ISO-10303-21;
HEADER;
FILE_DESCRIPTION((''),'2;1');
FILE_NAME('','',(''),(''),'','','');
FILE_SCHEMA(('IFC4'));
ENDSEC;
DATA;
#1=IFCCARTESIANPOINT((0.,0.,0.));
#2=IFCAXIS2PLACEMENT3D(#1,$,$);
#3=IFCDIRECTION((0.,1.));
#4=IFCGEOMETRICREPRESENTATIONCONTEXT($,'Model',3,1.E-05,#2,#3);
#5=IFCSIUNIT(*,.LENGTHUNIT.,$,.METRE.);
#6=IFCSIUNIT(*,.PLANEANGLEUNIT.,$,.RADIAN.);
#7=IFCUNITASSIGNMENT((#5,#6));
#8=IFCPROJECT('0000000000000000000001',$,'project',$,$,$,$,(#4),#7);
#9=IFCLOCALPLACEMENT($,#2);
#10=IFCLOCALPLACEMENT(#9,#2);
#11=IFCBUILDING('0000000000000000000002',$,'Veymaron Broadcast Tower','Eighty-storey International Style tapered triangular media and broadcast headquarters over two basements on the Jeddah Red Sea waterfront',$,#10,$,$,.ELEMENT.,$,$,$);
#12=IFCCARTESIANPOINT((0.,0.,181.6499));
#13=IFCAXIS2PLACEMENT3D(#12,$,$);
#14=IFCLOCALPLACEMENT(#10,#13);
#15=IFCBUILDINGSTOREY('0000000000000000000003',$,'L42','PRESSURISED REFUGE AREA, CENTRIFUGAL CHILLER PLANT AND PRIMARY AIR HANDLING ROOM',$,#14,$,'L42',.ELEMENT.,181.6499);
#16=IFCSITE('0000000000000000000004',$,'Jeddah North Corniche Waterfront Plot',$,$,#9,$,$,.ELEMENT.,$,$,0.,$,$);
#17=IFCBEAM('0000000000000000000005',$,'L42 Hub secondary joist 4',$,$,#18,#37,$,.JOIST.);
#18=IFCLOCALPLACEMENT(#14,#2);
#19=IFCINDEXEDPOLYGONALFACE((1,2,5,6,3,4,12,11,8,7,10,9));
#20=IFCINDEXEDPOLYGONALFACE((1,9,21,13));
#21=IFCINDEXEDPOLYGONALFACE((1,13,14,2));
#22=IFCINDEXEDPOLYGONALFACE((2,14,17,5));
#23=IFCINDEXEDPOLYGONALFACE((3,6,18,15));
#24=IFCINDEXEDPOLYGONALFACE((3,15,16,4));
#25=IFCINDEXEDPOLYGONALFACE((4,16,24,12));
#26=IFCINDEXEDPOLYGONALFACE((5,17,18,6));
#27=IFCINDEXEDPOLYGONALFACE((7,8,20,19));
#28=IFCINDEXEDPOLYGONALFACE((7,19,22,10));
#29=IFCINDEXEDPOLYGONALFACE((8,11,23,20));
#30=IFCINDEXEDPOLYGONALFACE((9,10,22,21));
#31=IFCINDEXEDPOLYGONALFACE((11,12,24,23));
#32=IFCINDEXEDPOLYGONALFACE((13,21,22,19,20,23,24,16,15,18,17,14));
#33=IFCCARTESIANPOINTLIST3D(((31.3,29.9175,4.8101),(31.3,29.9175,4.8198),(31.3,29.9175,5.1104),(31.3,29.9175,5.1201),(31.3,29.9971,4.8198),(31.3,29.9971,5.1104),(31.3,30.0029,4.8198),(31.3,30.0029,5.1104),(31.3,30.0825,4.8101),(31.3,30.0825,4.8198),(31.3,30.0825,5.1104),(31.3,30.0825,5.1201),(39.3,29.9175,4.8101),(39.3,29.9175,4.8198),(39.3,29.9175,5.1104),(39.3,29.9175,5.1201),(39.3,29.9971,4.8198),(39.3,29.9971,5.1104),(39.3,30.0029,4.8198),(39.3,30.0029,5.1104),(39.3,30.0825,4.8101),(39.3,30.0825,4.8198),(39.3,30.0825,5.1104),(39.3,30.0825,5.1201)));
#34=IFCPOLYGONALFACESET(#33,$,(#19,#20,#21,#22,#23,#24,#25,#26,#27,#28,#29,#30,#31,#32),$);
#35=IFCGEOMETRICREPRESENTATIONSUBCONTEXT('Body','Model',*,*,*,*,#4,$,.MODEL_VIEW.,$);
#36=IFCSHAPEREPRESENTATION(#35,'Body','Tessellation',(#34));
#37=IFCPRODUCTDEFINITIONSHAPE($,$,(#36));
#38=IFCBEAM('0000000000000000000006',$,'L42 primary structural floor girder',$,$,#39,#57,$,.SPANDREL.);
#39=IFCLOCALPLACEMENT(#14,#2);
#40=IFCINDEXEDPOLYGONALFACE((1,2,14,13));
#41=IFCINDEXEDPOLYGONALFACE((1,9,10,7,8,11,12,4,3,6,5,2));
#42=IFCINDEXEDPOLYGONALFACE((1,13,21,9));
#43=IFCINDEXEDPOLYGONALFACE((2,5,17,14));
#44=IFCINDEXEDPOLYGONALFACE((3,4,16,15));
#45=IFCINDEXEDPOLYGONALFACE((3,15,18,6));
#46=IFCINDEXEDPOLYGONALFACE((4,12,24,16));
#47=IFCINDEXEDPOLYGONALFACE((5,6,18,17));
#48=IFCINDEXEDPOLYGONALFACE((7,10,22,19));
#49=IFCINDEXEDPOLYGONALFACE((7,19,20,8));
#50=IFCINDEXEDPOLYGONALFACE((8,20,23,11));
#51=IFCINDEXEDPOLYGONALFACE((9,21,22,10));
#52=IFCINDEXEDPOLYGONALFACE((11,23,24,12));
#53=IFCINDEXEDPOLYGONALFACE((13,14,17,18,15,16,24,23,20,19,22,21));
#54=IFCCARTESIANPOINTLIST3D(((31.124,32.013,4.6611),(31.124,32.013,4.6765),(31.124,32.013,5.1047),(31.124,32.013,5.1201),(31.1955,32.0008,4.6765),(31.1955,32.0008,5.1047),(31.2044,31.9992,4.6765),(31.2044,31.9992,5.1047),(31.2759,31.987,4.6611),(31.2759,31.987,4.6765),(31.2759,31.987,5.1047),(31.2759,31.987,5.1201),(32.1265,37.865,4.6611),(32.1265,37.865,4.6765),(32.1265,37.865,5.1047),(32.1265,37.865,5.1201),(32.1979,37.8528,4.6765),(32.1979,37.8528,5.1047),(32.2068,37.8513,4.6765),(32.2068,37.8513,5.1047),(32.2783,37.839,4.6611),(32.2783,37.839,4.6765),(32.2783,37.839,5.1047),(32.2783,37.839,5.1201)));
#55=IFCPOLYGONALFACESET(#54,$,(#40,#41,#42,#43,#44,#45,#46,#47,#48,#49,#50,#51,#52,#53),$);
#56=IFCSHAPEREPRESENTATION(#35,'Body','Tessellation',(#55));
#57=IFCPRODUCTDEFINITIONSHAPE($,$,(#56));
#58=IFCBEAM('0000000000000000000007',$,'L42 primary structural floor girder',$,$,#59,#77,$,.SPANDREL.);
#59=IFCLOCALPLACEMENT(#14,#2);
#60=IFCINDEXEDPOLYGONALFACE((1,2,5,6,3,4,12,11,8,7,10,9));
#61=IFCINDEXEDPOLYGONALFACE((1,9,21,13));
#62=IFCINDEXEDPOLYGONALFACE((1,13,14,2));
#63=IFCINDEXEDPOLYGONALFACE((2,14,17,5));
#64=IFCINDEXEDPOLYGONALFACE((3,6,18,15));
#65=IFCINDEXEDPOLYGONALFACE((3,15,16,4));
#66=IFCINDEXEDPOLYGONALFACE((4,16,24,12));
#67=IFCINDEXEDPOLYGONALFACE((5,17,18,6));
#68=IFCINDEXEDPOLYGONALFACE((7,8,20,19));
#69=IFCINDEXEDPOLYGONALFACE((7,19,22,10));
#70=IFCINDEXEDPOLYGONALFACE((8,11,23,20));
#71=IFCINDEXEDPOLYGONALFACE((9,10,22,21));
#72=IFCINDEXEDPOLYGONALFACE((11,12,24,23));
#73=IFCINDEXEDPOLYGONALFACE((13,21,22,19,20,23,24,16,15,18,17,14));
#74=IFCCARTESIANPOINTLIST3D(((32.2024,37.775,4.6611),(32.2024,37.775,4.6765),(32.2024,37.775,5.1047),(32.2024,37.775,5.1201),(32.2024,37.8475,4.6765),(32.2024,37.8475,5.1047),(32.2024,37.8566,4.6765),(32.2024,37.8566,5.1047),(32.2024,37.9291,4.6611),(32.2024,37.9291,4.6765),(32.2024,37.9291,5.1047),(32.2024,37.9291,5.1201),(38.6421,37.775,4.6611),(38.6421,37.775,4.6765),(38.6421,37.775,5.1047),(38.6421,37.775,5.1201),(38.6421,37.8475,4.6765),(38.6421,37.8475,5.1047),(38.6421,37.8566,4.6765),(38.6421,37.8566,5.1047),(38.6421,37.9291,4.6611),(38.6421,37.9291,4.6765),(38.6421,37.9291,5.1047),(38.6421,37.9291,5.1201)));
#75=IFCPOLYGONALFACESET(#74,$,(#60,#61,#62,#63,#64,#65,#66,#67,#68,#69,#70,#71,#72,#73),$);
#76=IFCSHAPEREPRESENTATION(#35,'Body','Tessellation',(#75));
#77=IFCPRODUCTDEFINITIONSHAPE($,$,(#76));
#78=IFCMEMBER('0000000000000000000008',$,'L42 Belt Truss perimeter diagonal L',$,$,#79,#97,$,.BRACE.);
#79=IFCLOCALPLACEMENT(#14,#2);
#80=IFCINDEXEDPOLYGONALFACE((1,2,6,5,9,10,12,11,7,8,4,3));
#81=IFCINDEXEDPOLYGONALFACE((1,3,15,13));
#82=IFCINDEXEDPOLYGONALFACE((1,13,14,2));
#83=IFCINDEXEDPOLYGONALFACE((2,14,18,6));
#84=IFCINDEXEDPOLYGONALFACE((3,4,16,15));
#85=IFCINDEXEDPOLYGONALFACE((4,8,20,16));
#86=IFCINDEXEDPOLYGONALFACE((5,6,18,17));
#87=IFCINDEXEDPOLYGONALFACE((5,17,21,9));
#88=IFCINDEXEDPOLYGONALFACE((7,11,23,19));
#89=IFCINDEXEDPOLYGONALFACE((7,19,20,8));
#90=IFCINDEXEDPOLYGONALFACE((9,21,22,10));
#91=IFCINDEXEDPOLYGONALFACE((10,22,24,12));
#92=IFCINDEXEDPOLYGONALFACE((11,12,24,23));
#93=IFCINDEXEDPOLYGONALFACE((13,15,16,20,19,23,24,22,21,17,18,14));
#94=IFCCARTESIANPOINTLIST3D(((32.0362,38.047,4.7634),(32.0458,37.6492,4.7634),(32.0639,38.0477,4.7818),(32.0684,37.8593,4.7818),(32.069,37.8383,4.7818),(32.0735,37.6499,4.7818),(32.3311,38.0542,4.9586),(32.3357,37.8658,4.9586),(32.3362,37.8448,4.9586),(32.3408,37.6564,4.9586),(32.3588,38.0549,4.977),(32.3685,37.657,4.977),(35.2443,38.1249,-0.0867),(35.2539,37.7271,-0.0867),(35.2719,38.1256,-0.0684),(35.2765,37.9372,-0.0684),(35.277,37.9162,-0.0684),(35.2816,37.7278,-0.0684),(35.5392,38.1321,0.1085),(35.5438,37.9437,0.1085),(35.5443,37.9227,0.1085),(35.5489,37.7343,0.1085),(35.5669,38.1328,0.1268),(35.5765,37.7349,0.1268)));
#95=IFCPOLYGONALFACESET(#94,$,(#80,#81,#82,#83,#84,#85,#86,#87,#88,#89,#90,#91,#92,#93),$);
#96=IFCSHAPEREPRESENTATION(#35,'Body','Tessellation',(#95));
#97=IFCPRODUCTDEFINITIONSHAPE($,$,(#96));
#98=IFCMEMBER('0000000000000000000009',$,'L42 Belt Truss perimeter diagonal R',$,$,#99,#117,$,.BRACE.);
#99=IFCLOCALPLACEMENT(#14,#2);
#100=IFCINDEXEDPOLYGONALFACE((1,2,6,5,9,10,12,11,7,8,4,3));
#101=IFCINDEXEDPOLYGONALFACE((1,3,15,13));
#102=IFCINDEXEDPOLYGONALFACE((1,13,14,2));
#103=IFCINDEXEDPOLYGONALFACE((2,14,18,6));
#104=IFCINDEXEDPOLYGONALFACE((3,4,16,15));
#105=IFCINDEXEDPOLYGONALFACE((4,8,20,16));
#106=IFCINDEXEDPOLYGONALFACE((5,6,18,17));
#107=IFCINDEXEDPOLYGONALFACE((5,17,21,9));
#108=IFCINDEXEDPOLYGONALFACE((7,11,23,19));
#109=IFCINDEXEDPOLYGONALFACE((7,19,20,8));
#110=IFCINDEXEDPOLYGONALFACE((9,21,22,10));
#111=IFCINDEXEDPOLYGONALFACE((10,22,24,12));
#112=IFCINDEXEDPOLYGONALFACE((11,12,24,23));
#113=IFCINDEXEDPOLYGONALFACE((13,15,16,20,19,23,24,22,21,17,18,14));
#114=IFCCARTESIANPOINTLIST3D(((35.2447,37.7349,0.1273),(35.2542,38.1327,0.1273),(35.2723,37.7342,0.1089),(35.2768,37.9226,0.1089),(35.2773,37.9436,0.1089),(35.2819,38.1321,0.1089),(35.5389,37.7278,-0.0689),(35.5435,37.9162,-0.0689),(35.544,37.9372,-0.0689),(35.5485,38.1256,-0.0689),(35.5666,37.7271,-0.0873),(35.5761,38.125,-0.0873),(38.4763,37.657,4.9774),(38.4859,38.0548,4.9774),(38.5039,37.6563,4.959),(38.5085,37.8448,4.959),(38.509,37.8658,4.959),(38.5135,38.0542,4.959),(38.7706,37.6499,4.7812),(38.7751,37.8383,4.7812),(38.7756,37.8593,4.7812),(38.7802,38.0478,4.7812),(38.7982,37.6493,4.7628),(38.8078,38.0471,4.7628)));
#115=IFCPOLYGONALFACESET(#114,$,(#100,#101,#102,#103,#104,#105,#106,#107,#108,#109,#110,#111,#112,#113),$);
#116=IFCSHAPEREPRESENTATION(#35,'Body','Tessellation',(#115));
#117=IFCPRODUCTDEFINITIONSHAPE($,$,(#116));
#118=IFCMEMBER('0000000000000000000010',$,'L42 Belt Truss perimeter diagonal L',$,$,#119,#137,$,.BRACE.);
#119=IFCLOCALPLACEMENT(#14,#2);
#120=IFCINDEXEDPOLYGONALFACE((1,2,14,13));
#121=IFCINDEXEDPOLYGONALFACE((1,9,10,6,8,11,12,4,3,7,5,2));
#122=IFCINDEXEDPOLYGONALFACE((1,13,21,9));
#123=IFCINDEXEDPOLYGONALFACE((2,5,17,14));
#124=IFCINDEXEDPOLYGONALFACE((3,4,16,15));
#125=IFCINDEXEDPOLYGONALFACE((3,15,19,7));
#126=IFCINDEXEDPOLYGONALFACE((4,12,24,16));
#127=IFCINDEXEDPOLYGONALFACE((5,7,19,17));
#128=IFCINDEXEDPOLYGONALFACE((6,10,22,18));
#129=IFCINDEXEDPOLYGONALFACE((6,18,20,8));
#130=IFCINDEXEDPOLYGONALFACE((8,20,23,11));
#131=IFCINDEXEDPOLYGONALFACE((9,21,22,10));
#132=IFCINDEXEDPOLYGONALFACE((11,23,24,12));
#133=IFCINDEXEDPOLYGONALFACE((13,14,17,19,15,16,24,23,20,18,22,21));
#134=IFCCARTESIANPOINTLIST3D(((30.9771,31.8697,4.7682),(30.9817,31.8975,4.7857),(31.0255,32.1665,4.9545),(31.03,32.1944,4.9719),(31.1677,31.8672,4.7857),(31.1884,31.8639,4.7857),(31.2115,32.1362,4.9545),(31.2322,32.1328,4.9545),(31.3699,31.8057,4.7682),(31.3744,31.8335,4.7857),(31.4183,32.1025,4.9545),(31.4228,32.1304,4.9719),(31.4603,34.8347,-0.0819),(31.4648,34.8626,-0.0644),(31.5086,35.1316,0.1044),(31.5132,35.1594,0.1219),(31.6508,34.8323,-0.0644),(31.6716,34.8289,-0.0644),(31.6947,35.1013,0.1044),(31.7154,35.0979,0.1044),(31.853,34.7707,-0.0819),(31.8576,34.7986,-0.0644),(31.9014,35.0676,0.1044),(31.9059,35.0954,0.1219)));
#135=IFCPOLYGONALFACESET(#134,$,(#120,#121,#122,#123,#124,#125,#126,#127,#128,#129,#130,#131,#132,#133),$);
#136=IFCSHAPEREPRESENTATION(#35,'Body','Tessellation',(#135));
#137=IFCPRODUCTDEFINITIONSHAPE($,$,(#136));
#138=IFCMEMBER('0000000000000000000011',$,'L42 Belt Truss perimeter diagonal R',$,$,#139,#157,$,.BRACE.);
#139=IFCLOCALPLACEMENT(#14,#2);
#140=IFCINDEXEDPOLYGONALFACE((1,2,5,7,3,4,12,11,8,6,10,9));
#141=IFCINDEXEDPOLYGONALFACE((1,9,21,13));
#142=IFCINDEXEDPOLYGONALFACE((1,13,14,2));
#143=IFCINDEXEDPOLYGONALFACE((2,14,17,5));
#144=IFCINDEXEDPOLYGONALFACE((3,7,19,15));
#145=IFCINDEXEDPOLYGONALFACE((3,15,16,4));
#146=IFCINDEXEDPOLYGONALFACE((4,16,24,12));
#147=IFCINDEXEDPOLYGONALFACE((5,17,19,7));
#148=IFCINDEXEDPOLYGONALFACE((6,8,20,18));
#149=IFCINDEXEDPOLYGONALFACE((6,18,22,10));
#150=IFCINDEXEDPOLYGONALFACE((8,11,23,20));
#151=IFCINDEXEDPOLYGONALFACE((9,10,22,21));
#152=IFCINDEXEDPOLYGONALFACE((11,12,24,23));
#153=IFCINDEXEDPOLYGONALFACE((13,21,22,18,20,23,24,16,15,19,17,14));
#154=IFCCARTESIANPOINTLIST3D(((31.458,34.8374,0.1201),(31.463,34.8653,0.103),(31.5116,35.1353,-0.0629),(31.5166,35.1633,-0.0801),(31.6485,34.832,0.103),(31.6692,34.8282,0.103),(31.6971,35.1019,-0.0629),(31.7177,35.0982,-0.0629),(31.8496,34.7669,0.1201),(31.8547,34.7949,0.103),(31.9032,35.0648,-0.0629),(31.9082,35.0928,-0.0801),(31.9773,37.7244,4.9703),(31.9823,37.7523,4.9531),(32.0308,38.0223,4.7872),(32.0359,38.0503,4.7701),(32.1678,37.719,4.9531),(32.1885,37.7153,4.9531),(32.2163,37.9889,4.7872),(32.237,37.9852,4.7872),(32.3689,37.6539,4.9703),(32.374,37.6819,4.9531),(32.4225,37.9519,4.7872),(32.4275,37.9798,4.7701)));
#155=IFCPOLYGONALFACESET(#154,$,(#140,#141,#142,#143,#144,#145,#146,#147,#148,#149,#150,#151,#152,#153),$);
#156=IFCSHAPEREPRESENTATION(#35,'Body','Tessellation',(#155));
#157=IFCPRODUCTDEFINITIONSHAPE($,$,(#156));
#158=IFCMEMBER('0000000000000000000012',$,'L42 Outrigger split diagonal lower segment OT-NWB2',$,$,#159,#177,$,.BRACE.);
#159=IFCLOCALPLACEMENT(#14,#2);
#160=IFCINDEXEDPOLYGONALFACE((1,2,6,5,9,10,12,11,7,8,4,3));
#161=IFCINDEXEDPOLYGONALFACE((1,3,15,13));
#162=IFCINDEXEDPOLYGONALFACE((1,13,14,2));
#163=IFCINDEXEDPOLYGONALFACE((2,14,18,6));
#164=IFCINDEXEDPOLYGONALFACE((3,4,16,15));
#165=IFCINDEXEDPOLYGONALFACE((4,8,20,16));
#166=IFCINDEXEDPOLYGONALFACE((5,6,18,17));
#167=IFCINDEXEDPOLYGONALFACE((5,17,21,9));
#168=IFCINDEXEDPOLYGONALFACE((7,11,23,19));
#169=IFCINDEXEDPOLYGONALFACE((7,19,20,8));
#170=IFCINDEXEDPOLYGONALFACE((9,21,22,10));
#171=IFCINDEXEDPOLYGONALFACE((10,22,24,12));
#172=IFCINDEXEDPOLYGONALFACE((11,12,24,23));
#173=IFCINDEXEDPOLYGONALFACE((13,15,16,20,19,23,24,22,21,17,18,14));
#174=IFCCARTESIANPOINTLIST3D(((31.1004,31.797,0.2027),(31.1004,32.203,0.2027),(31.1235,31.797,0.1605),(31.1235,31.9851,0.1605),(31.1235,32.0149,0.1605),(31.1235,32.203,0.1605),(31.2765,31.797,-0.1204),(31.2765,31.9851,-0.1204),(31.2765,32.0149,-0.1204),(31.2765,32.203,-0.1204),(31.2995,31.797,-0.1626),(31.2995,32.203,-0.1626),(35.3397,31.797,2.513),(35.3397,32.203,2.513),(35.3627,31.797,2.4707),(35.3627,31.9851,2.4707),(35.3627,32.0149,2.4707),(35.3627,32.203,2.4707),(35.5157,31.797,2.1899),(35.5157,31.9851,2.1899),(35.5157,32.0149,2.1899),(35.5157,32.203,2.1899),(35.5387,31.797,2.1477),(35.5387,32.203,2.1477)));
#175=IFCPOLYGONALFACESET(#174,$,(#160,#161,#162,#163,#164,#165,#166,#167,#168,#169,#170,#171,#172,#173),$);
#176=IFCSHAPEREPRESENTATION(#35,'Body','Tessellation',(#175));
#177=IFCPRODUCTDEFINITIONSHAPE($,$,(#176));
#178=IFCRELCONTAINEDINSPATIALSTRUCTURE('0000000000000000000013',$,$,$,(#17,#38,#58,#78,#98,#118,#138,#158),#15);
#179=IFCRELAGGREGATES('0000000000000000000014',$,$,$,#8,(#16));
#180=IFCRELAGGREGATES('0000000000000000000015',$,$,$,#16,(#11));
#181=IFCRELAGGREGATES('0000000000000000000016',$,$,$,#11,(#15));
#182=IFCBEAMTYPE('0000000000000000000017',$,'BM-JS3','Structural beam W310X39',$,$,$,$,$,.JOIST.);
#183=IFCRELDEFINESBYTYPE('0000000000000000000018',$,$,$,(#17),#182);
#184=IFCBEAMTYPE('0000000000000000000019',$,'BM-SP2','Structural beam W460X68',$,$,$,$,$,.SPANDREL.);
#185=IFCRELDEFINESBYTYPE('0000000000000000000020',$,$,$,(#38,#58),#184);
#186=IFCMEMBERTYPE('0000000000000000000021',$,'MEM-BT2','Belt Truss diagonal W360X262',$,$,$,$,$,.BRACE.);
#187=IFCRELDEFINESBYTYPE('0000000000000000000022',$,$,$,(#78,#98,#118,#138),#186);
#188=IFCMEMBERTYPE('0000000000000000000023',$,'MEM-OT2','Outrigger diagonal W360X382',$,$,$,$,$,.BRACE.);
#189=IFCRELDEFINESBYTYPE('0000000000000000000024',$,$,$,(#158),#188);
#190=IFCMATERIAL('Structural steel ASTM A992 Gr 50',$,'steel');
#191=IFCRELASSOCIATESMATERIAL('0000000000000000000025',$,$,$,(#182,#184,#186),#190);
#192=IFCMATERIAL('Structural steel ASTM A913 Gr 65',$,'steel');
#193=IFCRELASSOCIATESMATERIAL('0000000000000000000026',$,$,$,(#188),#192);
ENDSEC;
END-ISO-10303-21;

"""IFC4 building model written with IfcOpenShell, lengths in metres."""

from ifc_helpers import new_model, si_unit, direction, frame, origin, origin_2d, place, context, subcontext, project, spatial, i_section, extrude, material, material_profile, profile_set, type_object, element, save


model = new_model("IFC4")

# Units and contexts
model_context = context("Model", 3, precision=1e-05, world=origin(), true_north=direction((0.0, 1.0)))
body_context = subcontext(model_context, "Body", "Model", "MODEL_VIEW")
ifc_project = project(units=[si_unit("LENGTHUNIT", "METRE"), si_unit("PLANEANGLEUNIT", "RADIAN")], contexts=[model_context])

# Site, building, storey
site_placement = place(None, origin())
site = spatial("IfcSite", under=ifc_project, at=site_placement, Name="Jeddah North Corniche Waterfront Plot", CompositionType="ELEMENT", RefElevation=0.0)
building_placement = place(site_placement, origin())
building = spatial("IfcBuilding", under=site, at=building_placement, Name="Veymaron Broadcast Tower", Description="Eighty-storey International Style tapered triangular media and broadcast headquarters over two basements on the Jeddah Red Sea waterfront", CompositionType="ELEMENT")
storey_placement = place(building_placement, frame((0.0, 0.0, 181.6499)))
storey = spatial("IfcBuildingStorey", under=building, at=storey_placement, Name="L42", Description="PRESSURISED REFUGE AREA, CENTRIFUGAL CHILLER PLANT AND PRIMARY AIR HANDLING ROOM", LongName="L42", CompositionType="ELEMENT", Elevation=181.6499)

# Shared definitions
ifc_material_1 = material(Name="Structural steel ASTM A992 Gr 50", Category="steel")
ifc_material_2 = material(Name="Structural steel ASTM A913 Gr 65", Category="steel")

# Beams
ifc_material_profile_1 = material_profile(ifc_material_1, i_section(OverallWidth=0.165, OverallDepth=0.3101, WebThickness=0.0059, FlangeThickness=0.0098, at=origin_2d()), Name="W310X39")
ifc_profile_set_1 = profile_set([ifc_material_profile_1], Name="Structural steel ASTM A992 Gr 50")
beam_type_1 = type_object("IfcBeamType", Name="BM-JS3", Description="Structural beam W310X39", PredefinedType="JOIST", material=ifc_profile_set_1)
for number, where, z_axis, x_axis, name in (
    (1, (31.3, 30.0, 4.9651), (1.0, 0.0, 0.0), (0.0, 1.0, 0.0), "L42 Hub secondary joist 4"),
):
    element("IfcBeam", number, at=place(storey_placement, frame(where, z_axis=z_axis, x_axis=x_axis)), inside=storey, type_object=beam_type_1, Name=name, PredefinedType="JOIST", context=body_context, shape_type="SweptSolid", body=[
        extrude(i_section(OverallWidth=0.165, OverallDepth=0.3101, WebThickness=0.0059, FlangeThickness=0.0098, at=origin_2d()), origin(), (0.0, 0.0, 1.0), 8.0),
    ])
ifc_material_profile_2 = material_profile(ifc_material_1, i_section(OverallWidth=0.1541, OverallDepth=0.459, WebThickness=0.009, FlangeThickness=0.0154, at=origin_2d()), Name="W460X68")
ifc_profile_set_2 = profile_set([ifc_material_profile_2], Name="Structural steel ASTM A992 Gr 50")
beam_type_2 = type_object("IfcBeamType", Name="BM-SP2", Description="Structural beam W460X68", PredefinedType="SPANDREL", material=ifc_profile_set_2)
beam_1_placement = place(storey_placement, frame((31.2, 32.0, 4.8906), z_axis=(0.168838, 0.985644, 0.0), x_axis=(-0.985644, 0.168838, 0.0)))
element("IfcBeam", 2, at=beam_1_placement, inside=storey, type_object=beam_type_2, Name="L42 primary structural floor girder", PredefinedType="SPANDREL", context=body_context, shape_type="SweptSolid", body=[
    extrude(i_section(OverallWidth=0.1541, OverallDepth=0.459, WebThickness=0.009, FlangeThickness=0.0154, at=origin_2d()), origin(), (0.0, 0.0, 1.0), 5.9373),
])
beam_2_placement = place(storey_placement, frame((32.2024, 37.8521, 4.8906), z_axis=(1.0, 0.0, 0.0), x_axis=(0.0, 1.0, 0.0)))
element("IfcBeam", 3, at=beam_2_placement, inside=storey, type_object=beam_type_2, Name="L42 primary structural floor girder", PredefinedType="SPANDREL", context=body_context, shape_type="SweptSolid", body=[
    extrude(i_section(OverallWidth=0.1541, OverallDepth=0.459, WebThickness=0.009, FlangeThickness=0.0154, at=origin_2d()), origin(), (0.0, 0.0, 1.0), 6.4397),
])

# Members
ifc_material_profile_3 = material_profile(ifc_material_1, i_section(OverallWidth=0.3979, OverallDepth=0.387, WebThickness=0.021, FlangeThickness=0.0332, at=origin_2d()), Name="W360X262")
ifc_profile_set_3 = profile_set([ifc_material_profile_3], Name="Structural steel ASTM A992 Gr 50")
member_type_1 = type_object("IfcMemberType", Name="MEM-BT2", Description="Belt Truss diagonal W360X262", PredefinedType="BRACE", material=ifc_profile_set_3)
member_1_placement = place(storey_placement, frame((35.4104, 37.9299, 0.02), z_axis=(-0.551624, -0.013392, 0.833985), x_axis=(0.02427, -0.999705, 0.0)))
element("IfcMember", 4, at=member_1_placement, inside=storey, type_object=member_type_1, Name="L42 Belt Truss perimeter diagonal L", PredefinedType="BRACE", context=body_context, shape_type="SweptSolid", body=[
    extrude(i_section(OverallWidth=0.3979, OverallDepth=0.387, WebThickness=0.021, FlangeThickness=0.0332, at=origin_2d()), origin(), (0.0, 0.0, 1.0), 5.8157),
])
member_2_placement = place(storey_placement, frame((35.4104, 37.9299, 0.02), z_axis=(0.554448, -0.013362, 0.832111), x_axis=(0.024092, 0.99971, 0.0)))
element("IfcMember", 5, at=member_2_placement, inside=storey, type_object=member_type_1, Name="L42 Belt Truss perimeter diagonal R", PredefinedType="BRACE", context=body_context, shape_type="SweptSolid", body=[
    extrude(i_section(OverallWidth=0.3979, OverallDepth=0.387, WebThickness=0.021, FlangeThickness=0.0332, at=origin_2d()), origin(), (0.0, 0.0, 1.0), 5.8286),
])
member_3_placement = place(storey_placement, frame((31.6831, 34.9651, 0.02), z_axis=(-0.084688, -0.519722, 0.850128), x_axis=(0.986983, -0.160827, 0.0)))
element("IfcMember", 6, at=member_3_placement, inside=storey, type_object=member_type_1, Name="L42 Belt Truss perimeter diagonal L", PredefinedType="BRACE", context=body_context, shape_type="SweptSolid", body=[
    extrude(i_section(OverallWidth=0.3979, OverallDepth=0.387, WebThickness=0.021, FlangeThickness=0.0332, at=origin_2d()), origin(), (0.0, 0.0, 1.0), 5.7051),
])
member_4_placement = place(storey_placement, frame((31.6831, 34.9651, 0.02), z_axis=(0.091615, 0.509333, 0.855679), x_axis=(-0.984205, 0.177032, 0.0)))
element("IfcMember", 7, at=member_4_placement, inside=storey, type_object=member_type_1, Name="L42 Belt Truss perimeter diagonal R", PredefinedType="BRACE", context=body_context, shape_type="SweptSolid", body=[
    extrude(i_section(OverallWidth=0.3979, OverallDepth=0.387, WebThickness=0.021, FlangeThickness=0.0332, at=origin_2d()), origin(), (0.0, 0.0, 1.0), 5.6682),
])
ifc_material_profile_4 = material_profile(ifc_material_2, i_section(OverallWidth=0.406, OverallDepth=0.416, WebThickness=0.0298, FlangeThickness=0.0481, at=origin_2d()), Name="W360X382")
ifc_profile_set_4 = profile_set([ifc_material_profile_4], Name="Structural steel ASTM A913 Gr 65")
member_type_2 = type_object("IfcMemberType", Name="MEM-OT2", Description="Outrigger diagonal W360X382", PredefinedType="BRACE", material=ifc_profile_set_4)
member_5_placement = place(storey_placement, frame((35.4392, 32.0, 2.3303), z_axis=(-0.878071, 0.0, -0.47853), x_axis=(0.0, -1.0, 0.0)))
element("IfcMember", 8, at=member_5_placement, inside=storey, type_object=member_type_2, Name="L42 Outrigger split diagonal lower segment OT-NWB2", PredefinedType="BRACE", context=body_context, shape_type="SweptSolid", body=[
    extrude(i_section(OverallWidth=0.406, OverallDepth=0.416, WebThickness=0.0298, FlangeThickness=0.0481, at=origin_2d()), origin(), (0.0, 0.0, 1.0), 4.8279),
])

save(model, "model.ifc")
